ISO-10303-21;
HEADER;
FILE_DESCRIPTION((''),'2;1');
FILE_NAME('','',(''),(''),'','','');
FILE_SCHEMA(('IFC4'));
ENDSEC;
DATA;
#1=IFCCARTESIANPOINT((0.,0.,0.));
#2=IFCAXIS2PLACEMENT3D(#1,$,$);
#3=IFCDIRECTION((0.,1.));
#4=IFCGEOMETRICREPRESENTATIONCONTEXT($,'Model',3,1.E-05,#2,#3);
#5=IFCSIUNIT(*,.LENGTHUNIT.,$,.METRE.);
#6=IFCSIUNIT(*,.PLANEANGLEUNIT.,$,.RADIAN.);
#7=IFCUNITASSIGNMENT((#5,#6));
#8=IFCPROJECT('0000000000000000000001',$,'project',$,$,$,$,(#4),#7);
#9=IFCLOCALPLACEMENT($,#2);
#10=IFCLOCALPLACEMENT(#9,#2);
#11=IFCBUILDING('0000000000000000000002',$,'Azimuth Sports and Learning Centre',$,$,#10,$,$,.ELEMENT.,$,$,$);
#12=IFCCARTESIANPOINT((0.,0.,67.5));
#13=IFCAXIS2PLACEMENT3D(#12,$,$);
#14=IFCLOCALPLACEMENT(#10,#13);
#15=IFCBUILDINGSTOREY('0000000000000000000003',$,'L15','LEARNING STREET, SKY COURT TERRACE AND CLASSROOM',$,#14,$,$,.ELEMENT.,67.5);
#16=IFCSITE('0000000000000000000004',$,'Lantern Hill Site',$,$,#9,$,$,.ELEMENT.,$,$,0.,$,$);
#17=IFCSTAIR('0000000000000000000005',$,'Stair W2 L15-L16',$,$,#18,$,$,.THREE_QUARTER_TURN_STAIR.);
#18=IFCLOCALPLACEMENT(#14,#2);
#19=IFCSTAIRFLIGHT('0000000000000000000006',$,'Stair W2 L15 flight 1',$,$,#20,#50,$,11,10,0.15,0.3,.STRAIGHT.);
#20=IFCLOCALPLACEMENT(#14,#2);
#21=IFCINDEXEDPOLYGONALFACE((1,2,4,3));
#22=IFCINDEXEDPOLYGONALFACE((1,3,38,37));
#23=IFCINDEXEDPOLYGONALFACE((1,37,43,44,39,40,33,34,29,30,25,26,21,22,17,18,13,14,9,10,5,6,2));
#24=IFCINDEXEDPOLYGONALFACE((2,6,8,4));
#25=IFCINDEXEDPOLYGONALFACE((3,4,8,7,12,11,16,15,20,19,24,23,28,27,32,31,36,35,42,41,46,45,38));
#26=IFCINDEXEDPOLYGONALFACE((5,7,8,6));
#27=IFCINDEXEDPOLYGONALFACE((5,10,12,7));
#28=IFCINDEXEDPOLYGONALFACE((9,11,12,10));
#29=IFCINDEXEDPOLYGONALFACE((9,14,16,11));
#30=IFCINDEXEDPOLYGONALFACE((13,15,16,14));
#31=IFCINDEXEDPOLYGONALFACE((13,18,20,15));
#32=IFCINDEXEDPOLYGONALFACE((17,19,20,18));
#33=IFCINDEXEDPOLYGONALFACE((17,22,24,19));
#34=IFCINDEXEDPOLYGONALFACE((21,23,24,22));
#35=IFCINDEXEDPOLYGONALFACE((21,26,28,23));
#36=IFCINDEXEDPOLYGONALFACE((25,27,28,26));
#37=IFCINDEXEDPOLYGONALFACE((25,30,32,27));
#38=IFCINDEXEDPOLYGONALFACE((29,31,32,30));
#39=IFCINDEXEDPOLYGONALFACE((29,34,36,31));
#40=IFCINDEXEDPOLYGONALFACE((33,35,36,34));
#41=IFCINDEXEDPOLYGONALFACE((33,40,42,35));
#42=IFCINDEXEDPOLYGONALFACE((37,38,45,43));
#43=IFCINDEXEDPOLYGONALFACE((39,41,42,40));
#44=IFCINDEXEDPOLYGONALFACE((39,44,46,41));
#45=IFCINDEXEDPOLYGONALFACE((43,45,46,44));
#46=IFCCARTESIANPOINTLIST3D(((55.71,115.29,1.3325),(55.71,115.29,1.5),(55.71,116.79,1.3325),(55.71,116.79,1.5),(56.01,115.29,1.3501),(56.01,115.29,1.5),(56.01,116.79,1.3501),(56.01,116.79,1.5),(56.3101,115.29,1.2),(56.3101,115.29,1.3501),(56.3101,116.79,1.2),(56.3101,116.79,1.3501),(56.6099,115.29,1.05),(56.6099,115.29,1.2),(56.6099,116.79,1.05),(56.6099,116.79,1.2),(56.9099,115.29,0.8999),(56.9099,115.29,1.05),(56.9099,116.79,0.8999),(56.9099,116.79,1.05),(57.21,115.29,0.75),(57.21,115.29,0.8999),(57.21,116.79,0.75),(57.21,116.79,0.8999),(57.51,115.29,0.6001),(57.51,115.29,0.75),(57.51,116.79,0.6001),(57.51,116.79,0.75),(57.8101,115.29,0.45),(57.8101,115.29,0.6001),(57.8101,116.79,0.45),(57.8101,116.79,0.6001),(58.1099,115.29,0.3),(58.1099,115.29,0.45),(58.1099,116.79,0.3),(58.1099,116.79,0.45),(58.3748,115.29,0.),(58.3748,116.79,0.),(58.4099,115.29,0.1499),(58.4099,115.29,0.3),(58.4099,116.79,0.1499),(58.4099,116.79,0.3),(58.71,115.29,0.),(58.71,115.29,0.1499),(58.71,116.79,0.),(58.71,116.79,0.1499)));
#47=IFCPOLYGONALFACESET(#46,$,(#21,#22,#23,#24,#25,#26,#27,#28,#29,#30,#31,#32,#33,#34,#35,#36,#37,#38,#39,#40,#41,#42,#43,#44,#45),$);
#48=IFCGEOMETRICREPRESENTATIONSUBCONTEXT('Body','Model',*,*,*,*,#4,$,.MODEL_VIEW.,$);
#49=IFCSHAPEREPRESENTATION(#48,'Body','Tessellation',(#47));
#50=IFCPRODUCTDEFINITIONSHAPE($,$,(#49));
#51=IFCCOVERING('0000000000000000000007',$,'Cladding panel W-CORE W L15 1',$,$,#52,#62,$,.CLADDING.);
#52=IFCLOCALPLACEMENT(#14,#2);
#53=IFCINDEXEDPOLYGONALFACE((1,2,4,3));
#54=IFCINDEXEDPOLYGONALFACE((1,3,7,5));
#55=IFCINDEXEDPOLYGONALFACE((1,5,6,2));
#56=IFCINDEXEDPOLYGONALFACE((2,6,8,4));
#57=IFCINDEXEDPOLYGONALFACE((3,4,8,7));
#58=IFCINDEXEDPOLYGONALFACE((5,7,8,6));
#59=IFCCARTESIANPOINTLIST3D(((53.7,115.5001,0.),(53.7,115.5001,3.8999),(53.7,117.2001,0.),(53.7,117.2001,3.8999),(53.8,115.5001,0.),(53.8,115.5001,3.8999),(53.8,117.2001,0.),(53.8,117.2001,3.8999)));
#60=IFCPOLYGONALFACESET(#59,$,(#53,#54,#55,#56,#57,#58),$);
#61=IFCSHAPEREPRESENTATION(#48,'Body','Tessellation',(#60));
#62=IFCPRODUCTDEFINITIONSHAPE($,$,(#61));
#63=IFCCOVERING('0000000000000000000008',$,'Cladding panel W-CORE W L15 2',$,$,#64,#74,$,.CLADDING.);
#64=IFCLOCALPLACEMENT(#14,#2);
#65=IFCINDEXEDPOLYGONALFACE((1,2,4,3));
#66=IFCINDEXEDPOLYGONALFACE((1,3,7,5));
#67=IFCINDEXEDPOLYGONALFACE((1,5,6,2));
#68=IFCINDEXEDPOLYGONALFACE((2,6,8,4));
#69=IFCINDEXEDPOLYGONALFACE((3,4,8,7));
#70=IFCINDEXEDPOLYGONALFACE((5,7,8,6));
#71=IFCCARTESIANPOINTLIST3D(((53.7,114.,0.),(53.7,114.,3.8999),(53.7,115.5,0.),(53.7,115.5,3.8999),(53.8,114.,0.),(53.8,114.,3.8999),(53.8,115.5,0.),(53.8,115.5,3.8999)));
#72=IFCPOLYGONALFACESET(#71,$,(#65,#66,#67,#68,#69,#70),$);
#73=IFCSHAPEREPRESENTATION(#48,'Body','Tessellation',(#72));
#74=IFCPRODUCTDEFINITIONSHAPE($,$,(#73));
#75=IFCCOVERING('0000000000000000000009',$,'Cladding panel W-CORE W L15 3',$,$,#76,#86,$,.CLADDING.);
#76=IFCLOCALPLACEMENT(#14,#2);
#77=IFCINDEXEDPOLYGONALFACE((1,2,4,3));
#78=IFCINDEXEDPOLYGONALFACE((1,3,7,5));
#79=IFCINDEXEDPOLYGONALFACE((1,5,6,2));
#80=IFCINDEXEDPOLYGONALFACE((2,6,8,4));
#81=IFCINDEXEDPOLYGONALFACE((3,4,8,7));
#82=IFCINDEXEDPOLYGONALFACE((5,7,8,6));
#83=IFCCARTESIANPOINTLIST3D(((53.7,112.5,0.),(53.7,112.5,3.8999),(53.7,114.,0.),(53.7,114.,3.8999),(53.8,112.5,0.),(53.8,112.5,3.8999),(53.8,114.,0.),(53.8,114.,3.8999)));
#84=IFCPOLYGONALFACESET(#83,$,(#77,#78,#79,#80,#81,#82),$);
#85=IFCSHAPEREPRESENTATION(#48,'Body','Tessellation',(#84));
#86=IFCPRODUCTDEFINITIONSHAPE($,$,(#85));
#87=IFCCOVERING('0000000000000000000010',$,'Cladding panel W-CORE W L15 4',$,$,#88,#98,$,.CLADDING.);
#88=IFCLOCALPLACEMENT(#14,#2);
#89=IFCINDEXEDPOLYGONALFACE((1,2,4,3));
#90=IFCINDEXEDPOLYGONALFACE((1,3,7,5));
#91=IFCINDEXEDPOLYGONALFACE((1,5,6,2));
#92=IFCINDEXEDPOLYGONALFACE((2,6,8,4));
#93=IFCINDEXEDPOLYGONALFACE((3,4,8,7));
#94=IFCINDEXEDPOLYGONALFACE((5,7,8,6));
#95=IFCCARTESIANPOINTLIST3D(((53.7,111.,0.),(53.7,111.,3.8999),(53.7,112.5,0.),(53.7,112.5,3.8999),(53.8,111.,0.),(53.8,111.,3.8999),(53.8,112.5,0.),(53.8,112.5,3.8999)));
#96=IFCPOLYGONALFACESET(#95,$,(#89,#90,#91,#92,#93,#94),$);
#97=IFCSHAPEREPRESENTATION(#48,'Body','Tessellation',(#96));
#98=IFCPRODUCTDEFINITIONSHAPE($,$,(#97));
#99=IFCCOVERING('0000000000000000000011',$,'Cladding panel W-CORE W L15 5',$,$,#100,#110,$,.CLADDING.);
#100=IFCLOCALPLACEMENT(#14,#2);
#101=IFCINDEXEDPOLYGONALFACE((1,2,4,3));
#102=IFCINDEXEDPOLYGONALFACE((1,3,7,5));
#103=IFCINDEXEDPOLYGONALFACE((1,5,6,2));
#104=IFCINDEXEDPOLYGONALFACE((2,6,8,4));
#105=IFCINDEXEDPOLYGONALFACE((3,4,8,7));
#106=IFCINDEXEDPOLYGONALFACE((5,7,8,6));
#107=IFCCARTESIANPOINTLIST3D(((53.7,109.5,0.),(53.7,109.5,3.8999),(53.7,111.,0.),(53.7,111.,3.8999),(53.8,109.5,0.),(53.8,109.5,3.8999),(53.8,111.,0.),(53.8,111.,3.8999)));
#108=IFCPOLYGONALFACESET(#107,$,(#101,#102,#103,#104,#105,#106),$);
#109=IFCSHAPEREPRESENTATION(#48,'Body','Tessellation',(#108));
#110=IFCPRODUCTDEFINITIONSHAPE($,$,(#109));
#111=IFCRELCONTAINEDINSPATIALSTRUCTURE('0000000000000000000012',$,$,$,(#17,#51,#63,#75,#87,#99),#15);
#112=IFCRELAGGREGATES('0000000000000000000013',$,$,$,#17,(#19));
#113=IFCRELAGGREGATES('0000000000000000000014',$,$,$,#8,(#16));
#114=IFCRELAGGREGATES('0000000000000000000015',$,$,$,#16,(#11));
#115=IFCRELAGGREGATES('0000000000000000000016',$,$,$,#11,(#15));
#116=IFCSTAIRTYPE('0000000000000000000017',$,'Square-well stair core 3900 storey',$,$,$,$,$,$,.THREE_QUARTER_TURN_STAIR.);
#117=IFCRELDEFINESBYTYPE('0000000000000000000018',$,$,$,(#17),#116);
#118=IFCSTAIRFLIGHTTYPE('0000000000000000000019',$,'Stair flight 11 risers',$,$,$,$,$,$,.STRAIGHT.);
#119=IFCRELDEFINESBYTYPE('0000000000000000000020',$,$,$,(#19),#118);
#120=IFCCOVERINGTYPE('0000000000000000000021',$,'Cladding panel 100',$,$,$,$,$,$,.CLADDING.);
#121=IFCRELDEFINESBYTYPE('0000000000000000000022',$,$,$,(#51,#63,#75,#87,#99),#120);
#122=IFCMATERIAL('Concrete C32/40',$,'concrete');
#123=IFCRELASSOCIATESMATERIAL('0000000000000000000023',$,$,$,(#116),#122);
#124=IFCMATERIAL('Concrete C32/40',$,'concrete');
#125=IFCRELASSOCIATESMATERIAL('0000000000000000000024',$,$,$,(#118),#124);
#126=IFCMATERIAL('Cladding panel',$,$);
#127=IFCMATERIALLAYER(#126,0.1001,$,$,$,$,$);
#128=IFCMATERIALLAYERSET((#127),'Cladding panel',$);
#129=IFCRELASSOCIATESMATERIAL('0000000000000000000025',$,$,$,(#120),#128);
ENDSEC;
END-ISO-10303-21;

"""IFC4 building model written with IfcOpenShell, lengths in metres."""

from ifc_helpers import new_model, si_unit, direction, frame, origin, origin_2d, place, context, subcontext, project, spatial, polyline, rectangle, outline, extrude, material, layer, layer_set, type_object, element, aggregate, save


model = new_model("IFC4")

# Units and contexts
model_context = context("Model", 3, precision=1e-05, world=origin(), true_north=direction((0.0, 1.0)))
body_context = subcontext(model_context, "Body", "Model", "MODEL_VIEW")
ifc_project = project(units=[si_unit("LENGTHUNIT", "METRE"), si_unit("PLANEANGLEUNIT", "RADIAN")], contexts=[model_context])

# Site, building, storey
site_placement = place(None, origin())
site = spatial("IfcSite", under=ifc_project, at=site_placement, Name="Lantern Hill Site", CompositionType="ELEMENT", RefElevation=0.0)
building_placement = place(site_placement, origin())
building = spatial("IfcBuilding", under=site, at=building_placement, Name="Azimuth Sports and Learning Centre", CompositionType="ELEMENT")
storey_placement = place(building_placement, frame((0.0, 0.0, 67.5)))
storey = spatial("IfcBuildingStorey", under=building, at=storey_placement, Name="L15", Description="LEARNING STREET, SKY COURT TERRACE AND CLASSROOM", CompositionType="ELEMENT", Elevation=67.5)

# Stair, stair flight
ifc_material_1 = material(Name="Concrete C32/40", Category="concrete")
stair_type = type_object("IfcStairType", Name="Square-well stair core 3900 storey", PredefinedType="THREE_QUARTER_TURN_STAIR", material=ifc_material_1)
stair_placement = place(storey_placement, origin())
stair = element("IfcStair", 1, at=stair_placement, inside=storey, type_object=stair_type, Name="Stair W2 L15-L16", PredefinedType="THREE_QUARTER_TURN_STAIR")
ifc_material_2 = material(Name="Concrete C32/40", Category="concrete")
stair_flight_type = type_object("IfcStairFlightType", Name="Stair flight 11 risers", PredefinedType="STRAIGHT", material=ifc_material_2)
stair_flight_placement = place(storey_placement, frame((58.71, 116.04, 0.0), z_axis=(0.0, 0.0, 1.0), x_axis=(-1.0, 0.0, 0.0)))
stair_flight = element("IfcStairFlight", 2, at=stair_flight_placement, type_object=stair_flight_type, Name="Stair W2 L15 flight 1", NumberOfRisers=11, NumberOfTreads=10, PredefinedType="STRAIGHT", RiserHeight=0.15, TreadLength=0.3, context=body_context, shape_type="SweptSolid", body=[
    extrude(outline(polyline([(0.0, 0.0), (0.0, 0.1499), (0.3, 0.1499), (0.3, 0.3), (0.6001, 0.3), (0.6001, 0.45), (0.8999, 0.45), (0.8999, 0.6001), (1.2, 0.6001), (1.2, 0.75), (1.5, 0.75), (1.5, 0.8999), (1.8, 0.8999), (1.8, 1.05), (2.1001, 1.05), (2.1001, 1.2), (2.3999, 1.2), (2.3999, 1.3501), (2.7, 1.3501), (2.7, 1.5), (3.0, 1.5), (3.0, 1.6499), (3.0, 1.3325), (0.3352, 0.0), (0.0, 0.0)])), frame((0.0, 0.75, 0.0), z_axis=(0.0, -1.0, 0.0), x_axis=(1.0, 0.0, 0.0)), (0.0, 0.0, 1.0), 1.5),
])
aggregate(stair, [stair_flight])

# Coverings
ifc_material_3 = material(Name="Cladding panel")
ifc_layer_1 = layer(ifc_material_3, 0.1001)
ifc_layer_set_1 = layer_set([ifc_layer_1], Name="Cladding panel")
covering_type = type_object("IfcCoveringType", Name="Cladding panel 100", PredefinedType="CLADDING", material=ifc_layer_set_1)
covering_placement = place(storey_placement, frame((53.75, 116.3501, 0.0), z_axis=(0.0, 0.0, 1.0), x_axis=(0.0, -1.0, 0.0)))
element("IfcCovering", 3, at=covering_placement, inside=storey, type_object=covering_type, Name="Cladding panel W-CORE W L15 1", PredefinedType="CLADDING", context=body_context, shape_type="SweptSolid", body=[
    extrude(rectangle(XDim=1.7, YDim=0.1001, at=origin_2d()), origin(), (0.0, 0.0, 1.0), 3.8999),
])
for number, where, z_axis, x_axis, name in (
    (4, (53.75, 114.75, 0.0), (0.0, 0.0, 1.0), (0.0, -1.0, 0.0), "Cladding panel W-CORE W L15 2"),
    (5, (53.75, 113.25, 0.0), (0.0, 0.0, 1.0), (0.0, -1.0, 0.0), "Cladding panel W-CORE W L15 3"),
    (6, (53.75, 111.75, 0.0), (0.0, 0.0, 1.0), (0.0, -1.0, 0.0), "Cladding panel W-CORE W L15 4"),
    (7, (53.75, 110.25, 0.0), (0.0, 0.0, 1.0), (0.0, -1.0, 0.0), "Cladding panel W-CORE W L15 5"),
):
    element("IfcCovering", number, at=place(storey_placement, frame(where, z_axis=z_axis, x_axis=x_axis)), inside=storey, type_object=covering_type, Name=name, PredefinedType="CLADDING", context=body_context, shape_type="SweptSolid", body=[
        extrude(rectangle(XDim=1.5, YDim=0.1001, at=origin_2d()), origin(), (0.0, 0.0, 1.0), 3.8999),
    ])

save(model, "model.ifc")
